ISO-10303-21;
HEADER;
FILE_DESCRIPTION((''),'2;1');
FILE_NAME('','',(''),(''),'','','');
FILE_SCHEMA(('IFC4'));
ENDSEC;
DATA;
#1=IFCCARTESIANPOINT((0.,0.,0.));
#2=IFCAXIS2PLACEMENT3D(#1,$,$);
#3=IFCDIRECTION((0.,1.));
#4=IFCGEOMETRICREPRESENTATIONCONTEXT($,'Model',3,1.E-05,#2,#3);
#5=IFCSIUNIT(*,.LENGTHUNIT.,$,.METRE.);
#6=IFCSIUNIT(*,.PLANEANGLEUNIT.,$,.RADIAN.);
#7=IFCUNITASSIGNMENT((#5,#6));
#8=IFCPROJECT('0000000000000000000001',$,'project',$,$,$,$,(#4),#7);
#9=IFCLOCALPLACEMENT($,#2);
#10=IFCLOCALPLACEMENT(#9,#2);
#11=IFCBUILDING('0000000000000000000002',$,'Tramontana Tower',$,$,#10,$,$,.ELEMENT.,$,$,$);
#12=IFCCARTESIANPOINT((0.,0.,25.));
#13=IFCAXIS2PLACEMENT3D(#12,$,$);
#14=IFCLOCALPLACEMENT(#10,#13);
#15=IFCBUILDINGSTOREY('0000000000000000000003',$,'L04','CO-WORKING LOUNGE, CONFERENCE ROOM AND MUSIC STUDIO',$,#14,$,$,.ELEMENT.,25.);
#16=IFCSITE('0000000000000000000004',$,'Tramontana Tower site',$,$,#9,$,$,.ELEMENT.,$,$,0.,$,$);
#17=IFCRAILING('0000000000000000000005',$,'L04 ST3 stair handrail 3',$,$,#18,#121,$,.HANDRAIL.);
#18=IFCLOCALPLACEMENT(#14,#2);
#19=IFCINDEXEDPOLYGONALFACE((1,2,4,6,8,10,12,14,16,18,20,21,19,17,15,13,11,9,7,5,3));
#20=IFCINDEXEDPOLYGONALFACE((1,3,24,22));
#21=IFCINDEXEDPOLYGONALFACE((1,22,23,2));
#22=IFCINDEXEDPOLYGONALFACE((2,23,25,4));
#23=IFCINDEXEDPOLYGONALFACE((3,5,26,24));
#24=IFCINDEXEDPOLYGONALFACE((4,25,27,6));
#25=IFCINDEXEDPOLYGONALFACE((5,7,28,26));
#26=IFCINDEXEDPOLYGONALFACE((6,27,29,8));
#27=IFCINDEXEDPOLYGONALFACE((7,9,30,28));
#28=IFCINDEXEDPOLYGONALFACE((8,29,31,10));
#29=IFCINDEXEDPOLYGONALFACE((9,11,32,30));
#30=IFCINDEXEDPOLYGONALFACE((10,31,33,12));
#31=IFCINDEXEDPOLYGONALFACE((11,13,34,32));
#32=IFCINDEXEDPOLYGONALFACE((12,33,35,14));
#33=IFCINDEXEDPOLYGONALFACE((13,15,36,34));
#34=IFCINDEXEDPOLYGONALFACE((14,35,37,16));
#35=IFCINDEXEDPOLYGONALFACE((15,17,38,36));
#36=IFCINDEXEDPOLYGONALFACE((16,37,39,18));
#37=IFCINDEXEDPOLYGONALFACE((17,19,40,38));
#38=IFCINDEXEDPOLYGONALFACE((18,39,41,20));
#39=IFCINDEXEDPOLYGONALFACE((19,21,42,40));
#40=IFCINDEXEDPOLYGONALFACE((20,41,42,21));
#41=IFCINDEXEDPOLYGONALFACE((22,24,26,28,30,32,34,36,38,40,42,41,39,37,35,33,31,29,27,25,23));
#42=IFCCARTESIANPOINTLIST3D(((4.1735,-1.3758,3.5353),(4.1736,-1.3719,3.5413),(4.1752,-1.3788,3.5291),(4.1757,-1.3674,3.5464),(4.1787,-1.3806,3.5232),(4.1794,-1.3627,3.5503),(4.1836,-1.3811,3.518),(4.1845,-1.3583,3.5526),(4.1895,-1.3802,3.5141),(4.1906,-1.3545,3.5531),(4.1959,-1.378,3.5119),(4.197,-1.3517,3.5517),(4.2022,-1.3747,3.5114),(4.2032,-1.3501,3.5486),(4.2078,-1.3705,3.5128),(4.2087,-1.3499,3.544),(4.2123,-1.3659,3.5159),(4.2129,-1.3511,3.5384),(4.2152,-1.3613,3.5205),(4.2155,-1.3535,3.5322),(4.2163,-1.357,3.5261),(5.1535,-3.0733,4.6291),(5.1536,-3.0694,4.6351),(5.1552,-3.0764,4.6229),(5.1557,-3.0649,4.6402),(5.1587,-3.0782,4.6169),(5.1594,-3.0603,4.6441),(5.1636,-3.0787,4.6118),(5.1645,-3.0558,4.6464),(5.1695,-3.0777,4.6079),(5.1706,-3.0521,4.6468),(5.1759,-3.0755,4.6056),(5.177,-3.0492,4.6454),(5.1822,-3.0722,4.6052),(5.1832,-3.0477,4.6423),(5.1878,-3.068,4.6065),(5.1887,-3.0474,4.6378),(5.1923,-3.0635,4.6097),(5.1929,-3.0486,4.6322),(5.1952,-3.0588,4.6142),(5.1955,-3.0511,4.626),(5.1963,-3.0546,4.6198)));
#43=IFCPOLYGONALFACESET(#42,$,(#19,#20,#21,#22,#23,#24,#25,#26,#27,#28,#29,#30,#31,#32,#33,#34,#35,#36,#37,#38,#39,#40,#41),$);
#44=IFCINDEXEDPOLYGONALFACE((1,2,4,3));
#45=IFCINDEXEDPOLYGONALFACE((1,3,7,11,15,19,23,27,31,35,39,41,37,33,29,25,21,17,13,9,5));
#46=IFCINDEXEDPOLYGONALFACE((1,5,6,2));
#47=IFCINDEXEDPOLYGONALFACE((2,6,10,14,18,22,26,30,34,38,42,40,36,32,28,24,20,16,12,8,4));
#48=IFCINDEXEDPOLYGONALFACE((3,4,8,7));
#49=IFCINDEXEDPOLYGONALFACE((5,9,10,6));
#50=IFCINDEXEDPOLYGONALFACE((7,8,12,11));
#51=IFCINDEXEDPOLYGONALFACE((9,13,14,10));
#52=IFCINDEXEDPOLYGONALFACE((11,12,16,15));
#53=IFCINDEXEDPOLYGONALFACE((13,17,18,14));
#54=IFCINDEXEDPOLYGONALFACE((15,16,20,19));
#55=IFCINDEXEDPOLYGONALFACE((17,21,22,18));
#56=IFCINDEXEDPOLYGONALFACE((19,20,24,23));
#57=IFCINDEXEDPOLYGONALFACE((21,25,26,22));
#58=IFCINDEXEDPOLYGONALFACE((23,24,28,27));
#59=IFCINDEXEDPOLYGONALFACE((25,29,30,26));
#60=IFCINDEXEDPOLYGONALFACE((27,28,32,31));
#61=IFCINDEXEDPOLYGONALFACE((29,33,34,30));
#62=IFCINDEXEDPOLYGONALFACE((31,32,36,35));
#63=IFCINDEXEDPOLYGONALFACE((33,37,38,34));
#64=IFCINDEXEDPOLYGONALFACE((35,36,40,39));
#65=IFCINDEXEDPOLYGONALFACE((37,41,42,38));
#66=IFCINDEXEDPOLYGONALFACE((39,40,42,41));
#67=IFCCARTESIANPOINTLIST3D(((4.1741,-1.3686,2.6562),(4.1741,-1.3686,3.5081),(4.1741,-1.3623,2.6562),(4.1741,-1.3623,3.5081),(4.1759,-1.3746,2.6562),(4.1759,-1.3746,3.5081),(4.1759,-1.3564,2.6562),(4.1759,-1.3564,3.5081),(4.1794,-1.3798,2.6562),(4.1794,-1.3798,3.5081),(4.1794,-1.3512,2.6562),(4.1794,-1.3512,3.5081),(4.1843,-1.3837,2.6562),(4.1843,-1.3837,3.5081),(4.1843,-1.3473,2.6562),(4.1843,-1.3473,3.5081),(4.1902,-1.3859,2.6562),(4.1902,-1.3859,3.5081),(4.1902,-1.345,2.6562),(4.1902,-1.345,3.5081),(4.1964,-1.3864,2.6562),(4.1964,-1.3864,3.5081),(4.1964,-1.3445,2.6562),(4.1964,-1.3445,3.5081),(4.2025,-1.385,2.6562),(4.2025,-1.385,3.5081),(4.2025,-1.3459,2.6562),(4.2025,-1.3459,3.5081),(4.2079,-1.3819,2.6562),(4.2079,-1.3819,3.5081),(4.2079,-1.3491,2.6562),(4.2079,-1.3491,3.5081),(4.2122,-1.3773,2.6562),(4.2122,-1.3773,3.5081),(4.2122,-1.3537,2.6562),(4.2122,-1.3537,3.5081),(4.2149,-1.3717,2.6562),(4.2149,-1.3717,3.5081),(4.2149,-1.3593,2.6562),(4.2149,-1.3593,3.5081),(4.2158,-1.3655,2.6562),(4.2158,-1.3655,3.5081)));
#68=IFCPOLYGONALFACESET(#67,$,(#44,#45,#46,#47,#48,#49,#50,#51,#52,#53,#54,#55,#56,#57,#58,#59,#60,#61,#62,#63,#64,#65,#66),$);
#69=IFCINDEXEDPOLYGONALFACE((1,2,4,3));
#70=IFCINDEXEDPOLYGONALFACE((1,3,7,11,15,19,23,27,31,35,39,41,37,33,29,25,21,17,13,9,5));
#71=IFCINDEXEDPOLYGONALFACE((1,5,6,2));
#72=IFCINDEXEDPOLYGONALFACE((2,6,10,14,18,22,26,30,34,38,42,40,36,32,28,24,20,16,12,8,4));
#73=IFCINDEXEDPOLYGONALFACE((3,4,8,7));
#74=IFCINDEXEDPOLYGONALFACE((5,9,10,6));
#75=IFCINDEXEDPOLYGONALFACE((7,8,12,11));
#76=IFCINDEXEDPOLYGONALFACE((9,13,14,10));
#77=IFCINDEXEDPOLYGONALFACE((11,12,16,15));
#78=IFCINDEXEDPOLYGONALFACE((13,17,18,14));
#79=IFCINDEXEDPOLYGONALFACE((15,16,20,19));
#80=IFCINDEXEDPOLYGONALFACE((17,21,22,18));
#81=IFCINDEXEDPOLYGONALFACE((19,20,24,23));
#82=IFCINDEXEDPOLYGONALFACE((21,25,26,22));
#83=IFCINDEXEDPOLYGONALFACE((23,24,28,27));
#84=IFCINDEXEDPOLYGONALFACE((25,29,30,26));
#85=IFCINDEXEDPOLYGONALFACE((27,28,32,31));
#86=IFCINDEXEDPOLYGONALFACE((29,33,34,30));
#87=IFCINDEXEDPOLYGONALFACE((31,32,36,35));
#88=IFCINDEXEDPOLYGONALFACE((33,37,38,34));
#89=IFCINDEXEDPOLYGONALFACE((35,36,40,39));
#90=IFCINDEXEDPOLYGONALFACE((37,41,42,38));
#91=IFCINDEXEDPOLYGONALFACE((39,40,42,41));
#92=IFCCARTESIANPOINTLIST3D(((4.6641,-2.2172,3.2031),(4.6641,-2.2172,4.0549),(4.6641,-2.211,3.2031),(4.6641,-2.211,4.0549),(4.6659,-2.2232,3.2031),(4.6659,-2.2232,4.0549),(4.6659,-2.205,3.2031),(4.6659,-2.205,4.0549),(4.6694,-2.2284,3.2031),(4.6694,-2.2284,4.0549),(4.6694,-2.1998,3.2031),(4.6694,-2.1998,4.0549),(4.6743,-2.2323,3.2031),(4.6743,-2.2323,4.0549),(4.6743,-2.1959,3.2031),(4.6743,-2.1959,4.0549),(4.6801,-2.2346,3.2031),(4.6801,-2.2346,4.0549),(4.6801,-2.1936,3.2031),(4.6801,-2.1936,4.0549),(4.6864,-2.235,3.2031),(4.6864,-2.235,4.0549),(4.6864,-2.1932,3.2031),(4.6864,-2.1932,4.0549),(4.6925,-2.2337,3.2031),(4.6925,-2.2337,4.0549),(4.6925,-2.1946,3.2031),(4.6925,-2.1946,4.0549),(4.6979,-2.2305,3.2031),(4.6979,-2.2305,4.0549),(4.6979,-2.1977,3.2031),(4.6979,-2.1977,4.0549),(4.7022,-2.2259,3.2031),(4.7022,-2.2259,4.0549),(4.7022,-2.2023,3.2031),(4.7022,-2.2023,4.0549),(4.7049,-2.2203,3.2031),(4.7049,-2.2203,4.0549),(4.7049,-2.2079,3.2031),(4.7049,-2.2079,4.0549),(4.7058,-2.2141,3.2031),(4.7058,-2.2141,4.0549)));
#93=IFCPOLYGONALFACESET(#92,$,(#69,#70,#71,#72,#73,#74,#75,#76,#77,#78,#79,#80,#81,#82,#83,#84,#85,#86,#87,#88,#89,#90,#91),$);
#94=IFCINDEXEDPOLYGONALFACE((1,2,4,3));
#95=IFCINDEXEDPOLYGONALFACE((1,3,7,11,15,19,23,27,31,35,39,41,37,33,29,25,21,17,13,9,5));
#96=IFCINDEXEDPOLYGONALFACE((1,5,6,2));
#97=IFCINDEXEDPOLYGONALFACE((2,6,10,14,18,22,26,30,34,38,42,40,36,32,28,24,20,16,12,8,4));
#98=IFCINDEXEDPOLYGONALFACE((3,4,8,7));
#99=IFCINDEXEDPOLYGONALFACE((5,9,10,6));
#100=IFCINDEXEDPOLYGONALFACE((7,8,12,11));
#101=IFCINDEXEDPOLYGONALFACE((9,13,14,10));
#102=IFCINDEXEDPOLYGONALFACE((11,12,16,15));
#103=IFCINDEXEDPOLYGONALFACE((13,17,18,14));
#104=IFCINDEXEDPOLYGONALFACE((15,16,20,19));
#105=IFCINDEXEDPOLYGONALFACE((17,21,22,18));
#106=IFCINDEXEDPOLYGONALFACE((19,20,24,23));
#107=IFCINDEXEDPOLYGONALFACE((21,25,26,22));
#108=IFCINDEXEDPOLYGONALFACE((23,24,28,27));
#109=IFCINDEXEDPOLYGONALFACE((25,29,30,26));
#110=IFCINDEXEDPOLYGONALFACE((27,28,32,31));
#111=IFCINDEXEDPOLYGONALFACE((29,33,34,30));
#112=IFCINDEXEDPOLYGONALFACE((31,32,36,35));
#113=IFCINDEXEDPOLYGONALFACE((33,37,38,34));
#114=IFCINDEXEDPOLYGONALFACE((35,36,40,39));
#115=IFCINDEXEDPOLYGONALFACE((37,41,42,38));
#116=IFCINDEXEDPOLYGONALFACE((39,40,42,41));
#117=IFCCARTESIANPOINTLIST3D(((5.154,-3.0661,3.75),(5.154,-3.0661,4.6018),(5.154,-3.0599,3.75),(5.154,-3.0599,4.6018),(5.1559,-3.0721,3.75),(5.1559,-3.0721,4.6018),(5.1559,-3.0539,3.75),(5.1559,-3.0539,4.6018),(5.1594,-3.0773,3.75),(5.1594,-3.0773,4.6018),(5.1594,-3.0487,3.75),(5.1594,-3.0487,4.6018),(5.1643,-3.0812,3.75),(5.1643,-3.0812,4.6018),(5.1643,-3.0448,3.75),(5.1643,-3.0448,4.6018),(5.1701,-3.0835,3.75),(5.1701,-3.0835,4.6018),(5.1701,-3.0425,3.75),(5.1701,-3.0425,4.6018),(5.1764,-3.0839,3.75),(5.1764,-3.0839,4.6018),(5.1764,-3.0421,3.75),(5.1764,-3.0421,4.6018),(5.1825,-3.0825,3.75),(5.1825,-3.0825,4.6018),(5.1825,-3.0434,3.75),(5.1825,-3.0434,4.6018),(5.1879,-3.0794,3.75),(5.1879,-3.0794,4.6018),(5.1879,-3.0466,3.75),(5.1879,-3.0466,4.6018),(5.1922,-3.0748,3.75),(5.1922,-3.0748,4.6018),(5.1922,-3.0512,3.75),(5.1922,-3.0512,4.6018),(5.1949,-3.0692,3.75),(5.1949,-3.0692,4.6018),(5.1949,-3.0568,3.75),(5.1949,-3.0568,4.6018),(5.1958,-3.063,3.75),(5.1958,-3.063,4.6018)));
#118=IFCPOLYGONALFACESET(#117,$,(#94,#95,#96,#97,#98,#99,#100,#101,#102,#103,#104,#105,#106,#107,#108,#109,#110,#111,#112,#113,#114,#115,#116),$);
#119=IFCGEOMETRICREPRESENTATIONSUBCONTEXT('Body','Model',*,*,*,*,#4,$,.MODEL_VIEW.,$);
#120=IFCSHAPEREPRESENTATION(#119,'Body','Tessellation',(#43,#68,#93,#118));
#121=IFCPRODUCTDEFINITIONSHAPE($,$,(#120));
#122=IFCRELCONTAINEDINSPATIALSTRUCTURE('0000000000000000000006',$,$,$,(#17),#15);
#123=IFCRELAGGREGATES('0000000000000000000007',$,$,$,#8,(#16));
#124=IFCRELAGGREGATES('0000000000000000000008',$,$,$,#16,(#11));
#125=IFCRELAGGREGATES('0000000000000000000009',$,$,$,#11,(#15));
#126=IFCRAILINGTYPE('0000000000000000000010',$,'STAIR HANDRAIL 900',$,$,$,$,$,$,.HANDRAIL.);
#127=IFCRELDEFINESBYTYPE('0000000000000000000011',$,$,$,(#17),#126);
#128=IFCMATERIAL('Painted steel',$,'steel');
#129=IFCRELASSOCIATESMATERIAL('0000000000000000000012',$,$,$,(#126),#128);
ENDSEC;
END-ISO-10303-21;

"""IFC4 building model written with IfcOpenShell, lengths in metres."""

from ifc_helpers import new_model, si_unit, direction, frame, origin, origin_2d, place, context, subcontext, project, spatial, circle, extrude, material, type_object, element, save


model = new_model("IFC4")

# Units and contexts
model_context = context("Model", 3, precision=1e-05, world=origin(), true_north=direction((0.0, 1.0)))
body_context = subcontext(model_context, "Body", "Model", "MODEL_VIEW")
ifc_project = project(units=[si_unit("LENGTHUNIT", "METRE"), si_unit("PLANEANGLEUNIT", "RADIAN")], contexts=[model_context])

# Site, building, storey
site_placement = place(None, origin())
site = spatial("IfcSite", under=ifc_project, at=site_placement, Name="Tramontana Tower site", CompositionType="ELEMENT", RefElevation=0.0)
building_placement = place(site_placement, origin())
building = spatial("IfcBuilding", under=site, at=building_placement, Name="Tramontana Tower", CompositionType="ELEMENT")
storey_placement = place(building_placement, frame((0.0, 0.0, 25.0)))
storey = spatial("IfcBuildingStorey", under=building, at=storey_placement, Name="L04", Description="CO-WORKING LOUNGE, CONFERENCE ROOM AND MUSIC STUDIO", CompositionType="ELEMENT", Elevation=25.0)

# Railing
ifc_material_1 = material(Name="Painted steel", Category="steel")
railing_type_1 = type_object("IfcRailingType", Name="STAIR HANDRAIL 900", PredefinedType="HANDRAIL", material=ifc_material_1)
railing_1_placement = place(storey_placement, frame((4.1948, -1.3655, 2.6562)))
element("IfcRailing", 1, at=railing_1_placement, inside=storey, type_object=railing_type_1, Name="L04 ST3 stair handrail 3", PredefinedType="HANDRAIL", context=body_context, shape_type="SweptSolid", body=[
    extrude(circle(Radius=0.0239, at=origin_2d()), frame((0.0, 0.0, 0.876), z_axis=(0.436596, -0.756267, 0.487282), x_axis=(0.866042, 0.49997, 0.0)), (0.0, 0.0, 1.0), 2.2446),
    extrude(circle(Radius=0.021, at=origin_2d()), origin(), (0.0, 0.0, 1.0), 0.8518),
    extrude(circle(Radius=0.021, at=origin_2d()), frame((0.49, -0.8486, 0.5469)), (0.0, 0.0, 1.0), 0.8518),
    extrude(circle(Radius=0.021, at=origin_2d()), frame((0.98, -1.6975, 1.0938)), (0.0, 0.0, 1.0), 0.8518),
])

save(model, "model.ifc")
